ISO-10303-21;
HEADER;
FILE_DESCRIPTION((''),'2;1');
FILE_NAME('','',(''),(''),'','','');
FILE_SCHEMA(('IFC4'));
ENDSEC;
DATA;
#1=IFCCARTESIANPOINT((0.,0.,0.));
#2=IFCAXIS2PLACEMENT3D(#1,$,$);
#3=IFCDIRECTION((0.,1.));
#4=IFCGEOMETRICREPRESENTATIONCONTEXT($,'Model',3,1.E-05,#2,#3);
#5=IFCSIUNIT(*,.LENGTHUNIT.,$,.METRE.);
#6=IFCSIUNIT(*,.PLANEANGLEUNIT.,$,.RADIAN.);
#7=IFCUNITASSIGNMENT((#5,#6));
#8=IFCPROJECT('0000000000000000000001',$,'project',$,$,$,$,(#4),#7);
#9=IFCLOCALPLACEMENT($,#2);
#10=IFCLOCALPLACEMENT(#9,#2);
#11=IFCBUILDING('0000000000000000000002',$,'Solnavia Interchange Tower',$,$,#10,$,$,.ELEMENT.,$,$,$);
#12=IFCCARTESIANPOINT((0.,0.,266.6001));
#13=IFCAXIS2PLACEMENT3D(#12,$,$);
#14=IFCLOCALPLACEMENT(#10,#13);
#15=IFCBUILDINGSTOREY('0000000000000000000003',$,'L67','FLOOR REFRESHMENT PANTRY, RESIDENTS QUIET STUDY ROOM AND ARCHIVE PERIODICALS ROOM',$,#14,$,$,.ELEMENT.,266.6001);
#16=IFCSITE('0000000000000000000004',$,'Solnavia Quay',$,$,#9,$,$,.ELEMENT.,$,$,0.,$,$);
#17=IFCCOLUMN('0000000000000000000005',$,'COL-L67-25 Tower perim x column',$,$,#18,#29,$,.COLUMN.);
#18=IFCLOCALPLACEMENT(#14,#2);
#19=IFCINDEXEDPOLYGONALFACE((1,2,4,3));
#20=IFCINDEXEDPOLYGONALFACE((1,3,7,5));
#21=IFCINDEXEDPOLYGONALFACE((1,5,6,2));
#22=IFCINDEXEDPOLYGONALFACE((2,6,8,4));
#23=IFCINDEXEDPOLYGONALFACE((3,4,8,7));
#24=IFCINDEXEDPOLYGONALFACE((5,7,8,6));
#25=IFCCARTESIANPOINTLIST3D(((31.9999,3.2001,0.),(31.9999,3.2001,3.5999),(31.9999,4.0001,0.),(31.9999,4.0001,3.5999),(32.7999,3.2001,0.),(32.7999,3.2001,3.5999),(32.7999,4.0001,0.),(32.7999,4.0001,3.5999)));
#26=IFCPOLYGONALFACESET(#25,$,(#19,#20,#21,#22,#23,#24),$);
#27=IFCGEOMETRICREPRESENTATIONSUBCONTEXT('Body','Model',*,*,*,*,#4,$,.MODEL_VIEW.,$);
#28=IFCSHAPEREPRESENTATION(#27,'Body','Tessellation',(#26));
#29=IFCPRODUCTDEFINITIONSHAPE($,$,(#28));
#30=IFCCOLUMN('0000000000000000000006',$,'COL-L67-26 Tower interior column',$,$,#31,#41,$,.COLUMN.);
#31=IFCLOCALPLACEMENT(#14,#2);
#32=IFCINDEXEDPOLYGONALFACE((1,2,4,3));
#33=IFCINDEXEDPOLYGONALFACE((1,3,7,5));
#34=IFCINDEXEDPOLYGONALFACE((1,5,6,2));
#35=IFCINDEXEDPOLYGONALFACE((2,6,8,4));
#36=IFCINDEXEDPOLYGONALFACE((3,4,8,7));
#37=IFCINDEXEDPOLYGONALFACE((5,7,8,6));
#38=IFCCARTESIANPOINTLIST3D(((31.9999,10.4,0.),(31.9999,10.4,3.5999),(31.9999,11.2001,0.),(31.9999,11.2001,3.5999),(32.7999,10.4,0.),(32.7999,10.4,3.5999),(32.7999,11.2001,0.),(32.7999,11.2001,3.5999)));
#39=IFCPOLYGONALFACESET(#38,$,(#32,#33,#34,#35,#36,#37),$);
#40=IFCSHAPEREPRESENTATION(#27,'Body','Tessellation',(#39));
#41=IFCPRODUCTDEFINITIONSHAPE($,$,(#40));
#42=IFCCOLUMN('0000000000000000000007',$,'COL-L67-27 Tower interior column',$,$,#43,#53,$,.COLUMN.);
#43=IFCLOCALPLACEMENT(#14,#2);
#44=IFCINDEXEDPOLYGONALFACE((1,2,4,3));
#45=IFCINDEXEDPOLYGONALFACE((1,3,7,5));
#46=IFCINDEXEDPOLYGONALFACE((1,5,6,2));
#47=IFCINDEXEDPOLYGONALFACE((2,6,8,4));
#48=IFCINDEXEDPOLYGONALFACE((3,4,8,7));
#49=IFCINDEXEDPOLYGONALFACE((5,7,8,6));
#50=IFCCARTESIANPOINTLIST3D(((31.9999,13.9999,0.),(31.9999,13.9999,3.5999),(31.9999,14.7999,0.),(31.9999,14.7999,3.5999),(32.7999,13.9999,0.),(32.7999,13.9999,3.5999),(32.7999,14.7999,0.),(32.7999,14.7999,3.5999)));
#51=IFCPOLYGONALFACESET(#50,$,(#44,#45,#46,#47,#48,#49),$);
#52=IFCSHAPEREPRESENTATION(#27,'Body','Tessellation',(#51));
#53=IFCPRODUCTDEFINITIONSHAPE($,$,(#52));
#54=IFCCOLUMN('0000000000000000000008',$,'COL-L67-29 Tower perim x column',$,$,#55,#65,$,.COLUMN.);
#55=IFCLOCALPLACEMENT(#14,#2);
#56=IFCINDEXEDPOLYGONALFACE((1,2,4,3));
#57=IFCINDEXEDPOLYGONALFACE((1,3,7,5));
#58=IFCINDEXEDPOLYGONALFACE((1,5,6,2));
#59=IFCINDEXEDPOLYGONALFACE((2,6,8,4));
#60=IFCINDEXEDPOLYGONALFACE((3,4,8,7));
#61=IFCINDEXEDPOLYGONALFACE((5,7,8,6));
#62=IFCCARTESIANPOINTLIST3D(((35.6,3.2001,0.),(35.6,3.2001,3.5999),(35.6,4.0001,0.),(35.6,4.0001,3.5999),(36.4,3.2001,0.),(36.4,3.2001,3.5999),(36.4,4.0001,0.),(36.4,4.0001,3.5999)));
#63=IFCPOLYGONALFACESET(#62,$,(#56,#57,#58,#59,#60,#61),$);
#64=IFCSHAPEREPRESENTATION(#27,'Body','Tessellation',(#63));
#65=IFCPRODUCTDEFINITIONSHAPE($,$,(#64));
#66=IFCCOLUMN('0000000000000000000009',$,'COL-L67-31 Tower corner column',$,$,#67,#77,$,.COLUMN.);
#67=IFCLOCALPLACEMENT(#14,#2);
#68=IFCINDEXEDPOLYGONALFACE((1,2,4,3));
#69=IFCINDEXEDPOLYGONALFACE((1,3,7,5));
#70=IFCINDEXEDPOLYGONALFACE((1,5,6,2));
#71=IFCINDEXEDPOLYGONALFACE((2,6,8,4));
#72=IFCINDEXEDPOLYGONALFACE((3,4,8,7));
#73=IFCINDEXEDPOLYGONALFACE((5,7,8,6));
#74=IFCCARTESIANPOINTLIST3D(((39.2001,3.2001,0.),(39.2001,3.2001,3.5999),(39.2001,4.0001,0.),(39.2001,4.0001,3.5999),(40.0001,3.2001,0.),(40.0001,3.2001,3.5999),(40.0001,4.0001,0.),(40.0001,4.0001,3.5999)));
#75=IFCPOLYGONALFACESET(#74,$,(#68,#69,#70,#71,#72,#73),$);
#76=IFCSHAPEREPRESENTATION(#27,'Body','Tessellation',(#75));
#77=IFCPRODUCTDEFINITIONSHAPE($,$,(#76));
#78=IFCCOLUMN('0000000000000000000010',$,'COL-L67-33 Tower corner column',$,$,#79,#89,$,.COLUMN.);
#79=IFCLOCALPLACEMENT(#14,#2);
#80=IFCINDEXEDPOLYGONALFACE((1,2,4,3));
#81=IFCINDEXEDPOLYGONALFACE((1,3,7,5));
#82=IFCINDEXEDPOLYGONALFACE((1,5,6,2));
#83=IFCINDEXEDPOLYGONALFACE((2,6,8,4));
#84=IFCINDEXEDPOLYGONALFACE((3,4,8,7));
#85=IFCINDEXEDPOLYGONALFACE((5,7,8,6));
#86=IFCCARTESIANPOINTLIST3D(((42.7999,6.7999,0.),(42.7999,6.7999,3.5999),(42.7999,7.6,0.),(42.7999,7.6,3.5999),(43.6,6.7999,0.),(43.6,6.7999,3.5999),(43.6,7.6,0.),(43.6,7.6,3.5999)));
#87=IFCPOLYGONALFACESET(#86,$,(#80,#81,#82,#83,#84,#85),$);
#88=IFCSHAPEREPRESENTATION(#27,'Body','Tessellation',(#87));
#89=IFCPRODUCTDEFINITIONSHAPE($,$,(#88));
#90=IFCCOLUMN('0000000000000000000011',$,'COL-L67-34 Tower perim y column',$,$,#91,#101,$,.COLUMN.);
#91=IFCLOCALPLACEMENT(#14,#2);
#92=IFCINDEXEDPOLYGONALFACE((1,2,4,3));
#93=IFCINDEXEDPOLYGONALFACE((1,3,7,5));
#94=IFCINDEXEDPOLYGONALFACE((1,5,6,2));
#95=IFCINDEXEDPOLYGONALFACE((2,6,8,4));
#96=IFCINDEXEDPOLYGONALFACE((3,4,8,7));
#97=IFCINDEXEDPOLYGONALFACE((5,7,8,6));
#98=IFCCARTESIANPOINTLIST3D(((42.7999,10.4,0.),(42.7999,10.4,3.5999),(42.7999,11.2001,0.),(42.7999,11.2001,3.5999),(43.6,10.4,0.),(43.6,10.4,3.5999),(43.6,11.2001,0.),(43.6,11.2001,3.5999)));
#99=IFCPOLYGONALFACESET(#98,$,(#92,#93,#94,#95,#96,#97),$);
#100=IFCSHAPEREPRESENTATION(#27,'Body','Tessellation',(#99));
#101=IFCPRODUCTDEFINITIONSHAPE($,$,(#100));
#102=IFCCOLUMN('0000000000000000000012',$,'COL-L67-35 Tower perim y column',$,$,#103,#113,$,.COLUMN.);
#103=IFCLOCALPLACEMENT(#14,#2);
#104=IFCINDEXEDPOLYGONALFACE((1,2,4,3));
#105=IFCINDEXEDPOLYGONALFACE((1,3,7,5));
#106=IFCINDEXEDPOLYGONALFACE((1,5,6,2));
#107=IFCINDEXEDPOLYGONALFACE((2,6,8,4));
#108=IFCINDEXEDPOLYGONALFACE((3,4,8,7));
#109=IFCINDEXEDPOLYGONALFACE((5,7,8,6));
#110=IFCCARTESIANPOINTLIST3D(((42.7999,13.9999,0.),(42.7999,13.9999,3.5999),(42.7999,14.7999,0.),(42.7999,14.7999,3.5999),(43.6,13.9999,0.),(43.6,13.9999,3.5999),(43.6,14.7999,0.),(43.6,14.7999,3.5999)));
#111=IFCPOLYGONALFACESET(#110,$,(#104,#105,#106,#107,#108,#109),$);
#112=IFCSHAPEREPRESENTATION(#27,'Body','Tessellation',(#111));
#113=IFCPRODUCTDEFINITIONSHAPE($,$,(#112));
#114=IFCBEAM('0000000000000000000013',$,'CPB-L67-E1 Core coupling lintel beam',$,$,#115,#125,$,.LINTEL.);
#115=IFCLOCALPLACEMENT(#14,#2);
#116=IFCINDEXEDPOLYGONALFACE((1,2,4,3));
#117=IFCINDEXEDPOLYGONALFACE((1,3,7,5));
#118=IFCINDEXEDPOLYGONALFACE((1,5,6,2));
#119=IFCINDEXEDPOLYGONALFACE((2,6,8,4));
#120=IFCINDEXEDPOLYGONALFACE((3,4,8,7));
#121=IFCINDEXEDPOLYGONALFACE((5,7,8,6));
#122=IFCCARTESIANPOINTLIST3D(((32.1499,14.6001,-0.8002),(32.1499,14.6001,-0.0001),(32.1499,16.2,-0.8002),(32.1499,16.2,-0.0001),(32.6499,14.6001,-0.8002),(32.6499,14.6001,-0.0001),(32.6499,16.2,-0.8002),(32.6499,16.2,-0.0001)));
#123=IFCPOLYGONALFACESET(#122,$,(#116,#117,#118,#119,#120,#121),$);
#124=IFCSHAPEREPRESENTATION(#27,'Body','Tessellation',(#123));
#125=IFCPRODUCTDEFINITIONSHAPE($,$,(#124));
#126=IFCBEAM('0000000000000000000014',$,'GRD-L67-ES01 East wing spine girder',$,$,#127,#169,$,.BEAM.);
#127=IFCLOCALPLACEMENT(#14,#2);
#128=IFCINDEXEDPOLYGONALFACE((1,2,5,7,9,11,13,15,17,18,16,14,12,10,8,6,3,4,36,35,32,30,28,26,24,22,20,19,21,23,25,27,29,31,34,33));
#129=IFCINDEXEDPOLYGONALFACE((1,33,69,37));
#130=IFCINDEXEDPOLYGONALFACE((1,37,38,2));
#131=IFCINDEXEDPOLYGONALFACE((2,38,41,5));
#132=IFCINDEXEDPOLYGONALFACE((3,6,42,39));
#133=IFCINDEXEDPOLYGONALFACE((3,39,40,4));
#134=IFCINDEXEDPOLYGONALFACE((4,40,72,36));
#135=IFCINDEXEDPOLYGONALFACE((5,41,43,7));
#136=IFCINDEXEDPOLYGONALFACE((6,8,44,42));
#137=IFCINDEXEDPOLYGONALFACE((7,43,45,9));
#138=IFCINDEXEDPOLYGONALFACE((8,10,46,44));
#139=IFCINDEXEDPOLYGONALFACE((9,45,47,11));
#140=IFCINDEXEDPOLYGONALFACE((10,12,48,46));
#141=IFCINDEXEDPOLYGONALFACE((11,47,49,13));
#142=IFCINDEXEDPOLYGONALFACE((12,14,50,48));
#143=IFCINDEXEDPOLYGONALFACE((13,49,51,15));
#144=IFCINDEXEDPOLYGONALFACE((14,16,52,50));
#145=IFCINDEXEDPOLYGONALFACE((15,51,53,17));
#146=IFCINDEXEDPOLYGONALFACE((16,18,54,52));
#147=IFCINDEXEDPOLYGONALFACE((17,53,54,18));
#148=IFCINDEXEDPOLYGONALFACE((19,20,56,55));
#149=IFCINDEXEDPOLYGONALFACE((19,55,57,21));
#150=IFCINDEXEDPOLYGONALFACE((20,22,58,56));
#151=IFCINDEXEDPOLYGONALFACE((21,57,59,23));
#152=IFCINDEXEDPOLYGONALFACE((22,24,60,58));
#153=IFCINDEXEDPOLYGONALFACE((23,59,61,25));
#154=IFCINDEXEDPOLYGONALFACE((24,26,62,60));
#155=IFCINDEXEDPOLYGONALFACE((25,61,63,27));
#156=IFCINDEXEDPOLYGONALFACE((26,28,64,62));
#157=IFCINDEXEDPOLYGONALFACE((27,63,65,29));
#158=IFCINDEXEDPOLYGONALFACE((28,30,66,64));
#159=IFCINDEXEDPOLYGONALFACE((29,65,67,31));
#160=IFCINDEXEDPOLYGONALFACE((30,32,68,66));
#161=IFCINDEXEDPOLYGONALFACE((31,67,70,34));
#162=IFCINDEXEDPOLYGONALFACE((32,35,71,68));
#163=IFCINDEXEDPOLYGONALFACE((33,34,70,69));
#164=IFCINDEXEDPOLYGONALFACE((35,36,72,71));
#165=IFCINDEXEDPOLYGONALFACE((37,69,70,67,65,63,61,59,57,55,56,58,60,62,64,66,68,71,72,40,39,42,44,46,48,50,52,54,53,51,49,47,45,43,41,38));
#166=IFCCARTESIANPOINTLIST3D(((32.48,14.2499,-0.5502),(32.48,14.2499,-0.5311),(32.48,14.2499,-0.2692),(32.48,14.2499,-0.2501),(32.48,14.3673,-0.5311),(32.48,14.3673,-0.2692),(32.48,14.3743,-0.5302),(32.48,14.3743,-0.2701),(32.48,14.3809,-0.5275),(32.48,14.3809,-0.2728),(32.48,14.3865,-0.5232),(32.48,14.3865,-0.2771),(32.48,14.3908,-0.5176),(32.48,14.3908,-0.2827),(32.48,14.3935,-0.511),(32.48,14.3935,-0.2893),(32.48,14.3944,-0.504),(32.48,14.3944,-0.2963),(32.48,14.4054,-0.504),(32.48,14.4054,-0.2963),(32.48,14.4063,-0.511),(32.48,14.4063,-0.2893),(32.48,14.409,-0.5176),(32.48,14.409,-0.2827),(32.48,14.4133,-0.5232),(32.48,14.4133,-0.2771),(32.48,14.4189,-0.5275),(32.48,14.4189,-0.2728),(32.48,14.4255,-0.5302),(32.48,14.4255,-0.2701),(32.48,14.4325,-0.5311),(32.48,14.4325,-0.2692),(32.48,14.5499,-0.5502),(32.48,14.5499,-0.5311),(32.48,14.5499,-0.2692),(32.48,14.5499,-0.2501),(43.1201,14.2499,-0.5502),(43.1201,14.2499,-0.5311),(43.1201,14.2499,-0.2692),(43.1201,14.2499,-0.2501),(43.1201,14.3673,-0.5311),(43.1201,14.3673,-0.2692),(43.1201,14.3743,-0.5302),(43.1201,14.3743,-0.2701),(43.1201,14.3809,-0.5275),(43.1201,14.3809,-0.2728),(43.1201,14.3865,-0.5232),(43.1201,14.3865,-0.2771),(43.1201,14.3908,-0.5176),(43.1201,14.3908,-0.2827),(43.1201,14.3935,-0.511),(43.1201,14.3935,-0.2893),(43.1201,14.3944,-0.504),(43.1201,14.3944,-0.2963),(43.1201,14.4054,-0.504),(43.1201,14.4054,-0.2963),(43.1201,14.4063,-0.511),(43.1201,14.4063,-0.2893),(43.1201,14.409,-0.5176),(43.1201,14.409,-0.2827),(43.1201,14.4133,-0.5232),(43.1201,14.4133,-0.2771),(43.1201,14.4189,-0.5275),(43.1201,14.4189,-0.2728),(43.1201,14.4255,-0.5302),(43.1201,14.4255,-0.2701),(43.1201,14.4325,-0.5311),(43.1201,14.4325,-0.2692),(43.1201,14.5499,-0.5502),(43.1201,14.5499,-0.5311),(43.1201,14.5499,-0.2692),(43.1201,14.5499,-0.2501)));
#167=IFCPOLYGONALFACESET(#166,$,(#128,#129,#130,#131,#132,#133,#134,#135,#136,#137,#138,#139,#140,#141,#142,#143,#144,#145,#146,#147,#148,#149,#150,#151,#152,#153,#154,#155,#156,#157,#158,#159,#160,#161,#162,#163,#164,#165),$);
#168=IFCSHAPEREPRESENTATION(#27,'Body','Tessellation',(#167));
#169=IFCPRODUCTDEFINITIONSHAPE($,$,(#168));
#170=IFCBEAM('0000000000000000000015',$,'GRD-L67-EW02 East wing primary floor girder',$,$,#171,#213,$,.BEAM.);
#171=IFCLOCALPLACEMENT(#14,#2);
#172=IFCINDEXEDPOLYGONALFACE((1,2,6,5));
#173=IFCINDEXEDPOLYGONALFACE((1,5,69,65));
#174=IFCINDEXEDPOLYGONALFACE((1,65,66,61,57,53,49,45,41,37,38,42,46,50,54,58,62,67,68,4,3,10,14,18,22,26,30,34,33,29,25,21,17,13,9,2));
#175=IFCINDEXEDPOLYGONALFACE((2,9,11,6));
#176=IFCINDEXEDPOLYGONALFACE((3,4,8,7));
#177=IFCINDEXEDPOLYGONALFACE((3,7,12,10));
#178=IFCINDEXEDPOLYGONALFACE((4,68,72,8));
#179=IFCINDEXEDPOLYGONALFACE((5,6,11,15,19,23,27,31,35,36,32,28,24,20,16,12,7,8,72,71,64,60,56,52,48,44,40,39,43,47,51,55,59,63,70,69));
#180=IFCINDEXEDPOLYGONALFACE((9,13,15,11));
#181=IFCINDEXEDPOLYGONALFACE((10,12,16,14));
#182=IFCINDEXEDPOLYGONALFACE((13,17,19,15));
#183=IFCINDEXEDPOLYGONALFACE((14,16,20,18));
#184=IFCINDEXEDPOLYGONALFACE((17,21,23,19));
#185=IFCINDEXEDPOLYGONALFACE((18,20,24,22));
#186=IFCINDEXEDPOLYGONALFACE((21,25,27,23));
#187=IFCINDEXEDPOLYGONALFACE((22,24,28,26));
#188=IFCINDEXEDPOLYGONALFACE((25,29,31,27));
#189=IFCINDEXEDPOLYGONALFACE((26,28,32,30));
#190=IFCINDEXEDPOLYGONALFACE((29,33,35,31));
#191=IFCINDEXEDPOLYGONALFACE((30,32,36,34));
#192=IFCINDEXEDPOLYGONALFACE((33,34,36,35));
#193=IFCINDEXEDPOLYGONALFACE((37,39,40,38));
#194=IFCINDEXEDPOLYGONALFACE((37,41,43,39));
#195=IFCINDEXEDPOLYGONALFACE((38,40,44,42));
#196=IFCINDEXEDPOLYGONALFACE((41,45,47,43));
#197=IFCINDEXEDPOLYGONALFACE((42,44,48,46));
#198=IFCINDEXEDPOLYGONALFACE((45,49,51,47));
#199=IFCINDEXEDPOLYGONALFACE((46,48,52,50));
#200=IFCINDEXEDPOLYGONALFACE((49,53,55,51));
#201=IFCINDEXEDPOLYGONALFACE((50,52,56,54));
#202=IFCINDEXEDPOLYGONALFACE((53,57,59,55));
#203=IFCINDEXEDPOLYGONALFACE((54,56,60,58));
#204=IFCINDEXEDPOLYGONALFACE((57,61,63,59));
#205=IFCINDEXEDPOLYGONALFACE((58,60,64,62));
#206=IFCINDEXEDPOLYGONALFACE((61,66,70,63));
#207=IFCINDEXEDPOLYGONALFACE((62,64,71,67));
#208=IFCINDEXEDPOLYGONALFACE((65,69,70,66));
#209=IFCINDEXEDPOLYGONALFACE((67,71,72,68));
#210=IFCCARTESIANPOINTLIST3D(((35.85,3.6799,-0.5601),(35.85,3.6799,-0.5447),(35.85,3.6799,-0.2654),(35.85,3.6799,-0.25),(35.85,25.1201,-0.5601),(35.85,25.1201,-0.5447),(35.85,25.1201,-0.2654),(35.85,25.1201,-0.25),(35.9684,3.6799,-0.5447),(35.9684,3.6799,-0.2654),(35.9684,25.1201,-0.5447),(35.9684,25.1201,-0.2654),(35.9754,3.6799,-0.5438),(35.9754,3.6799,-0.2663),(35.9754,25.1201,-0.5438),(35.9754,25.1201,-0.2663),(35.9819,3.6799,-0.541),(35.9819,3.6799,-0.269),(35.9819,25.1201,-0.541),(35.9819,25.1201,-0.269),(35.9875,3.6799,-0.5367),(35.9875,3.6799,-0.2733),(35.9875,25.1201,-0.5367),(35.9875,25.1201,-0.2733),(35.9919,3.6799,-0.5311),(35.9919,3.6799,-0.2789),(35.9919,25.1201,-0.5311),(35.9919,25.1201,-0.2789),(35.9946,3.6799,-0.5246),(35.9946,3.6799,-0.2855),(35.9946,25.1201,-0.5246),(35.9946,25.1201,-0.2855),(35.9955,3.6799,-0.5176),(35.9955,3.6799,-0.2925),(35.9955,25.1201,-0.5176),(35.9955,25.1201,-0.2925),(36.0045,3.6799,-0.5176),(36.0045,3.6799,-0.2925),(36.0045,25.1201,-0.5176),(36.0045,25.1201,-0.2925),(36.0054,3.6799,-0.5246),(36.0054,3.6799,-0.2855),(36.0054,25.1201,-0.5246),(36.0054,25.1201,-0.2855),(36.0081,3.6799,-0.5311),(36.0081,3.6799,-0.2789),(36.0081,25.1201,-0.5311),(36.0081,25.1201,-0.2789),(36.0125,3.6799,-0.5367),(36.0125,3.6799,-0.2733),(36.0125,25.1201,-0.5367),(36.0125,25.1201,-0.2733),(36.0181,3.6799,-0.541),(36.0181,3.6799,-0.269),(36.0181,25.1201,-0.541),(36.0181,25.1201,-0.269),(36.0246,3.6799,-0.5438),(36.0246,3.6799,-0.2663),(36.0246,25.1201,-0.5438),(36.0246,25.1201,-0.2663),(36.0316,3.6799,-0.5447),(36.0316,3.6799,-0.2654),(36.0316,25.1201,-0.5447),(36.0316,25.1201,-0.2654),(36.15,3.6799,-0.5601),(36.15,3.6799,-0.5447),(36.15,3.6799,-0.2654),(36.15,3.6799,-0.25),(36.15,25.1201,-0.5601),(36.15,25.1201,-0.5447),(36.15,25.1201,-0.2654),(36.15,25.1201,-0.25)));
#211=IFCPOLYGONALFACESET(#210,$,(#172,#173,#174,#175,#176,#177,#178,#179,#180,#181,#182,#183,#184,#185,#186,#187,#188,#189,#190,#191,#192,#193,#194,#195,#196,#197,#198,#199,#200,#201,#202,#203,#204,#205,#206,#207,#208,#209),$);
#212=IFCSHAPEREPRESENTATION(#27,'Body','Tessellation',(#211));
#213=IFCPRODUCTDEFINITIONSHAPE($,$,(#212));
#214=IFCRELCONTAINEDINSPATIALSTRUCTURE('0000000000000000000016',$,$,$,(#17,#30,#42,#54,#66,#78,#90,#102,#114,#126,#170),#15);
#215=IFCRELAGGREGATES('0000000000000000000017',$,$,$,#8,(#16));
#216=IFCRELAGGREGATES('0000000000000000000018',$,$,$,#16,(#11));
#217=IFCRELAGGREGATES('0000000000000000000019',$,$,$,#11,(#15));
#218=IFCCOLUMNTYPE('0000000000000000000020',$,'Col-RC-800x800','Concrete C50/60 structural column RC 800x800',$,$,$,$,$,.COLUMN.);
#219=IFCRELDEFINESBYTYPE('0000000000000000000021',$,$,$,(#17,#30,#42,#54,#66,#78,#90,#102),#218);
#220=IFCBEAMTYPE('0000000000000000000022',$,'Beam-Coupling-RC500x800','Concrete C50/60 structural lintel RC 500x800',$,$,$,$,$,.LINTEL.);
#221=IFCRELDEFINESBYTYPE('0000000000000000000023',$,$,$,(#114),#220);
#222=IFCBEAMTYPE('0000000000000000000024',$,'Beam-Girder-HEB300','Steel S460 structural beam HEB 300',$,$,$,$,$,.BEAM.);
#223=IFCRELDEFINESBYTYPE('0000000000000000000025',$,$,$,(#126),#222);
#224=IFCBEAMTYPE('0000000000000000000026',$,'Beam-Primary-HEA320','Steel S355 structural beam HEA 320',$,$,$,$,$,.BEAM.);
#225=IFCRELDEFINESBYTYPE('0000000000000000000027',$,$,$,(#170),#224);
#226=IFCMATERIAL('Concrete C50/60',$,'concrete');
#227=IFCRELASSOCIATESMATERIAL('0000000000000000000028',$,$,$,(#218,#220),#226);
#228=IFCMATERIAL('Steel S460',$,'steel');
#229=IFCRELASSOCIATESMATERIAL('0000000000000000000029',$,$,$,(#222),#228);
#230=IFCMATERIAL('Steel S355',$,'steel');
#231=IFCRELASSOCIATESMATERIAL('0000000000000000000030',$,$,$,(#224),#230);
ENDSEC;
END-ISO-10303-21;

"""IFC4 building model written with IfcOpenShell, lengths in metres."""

from ifc_helpers import new_model, si_unit, direction, frame, origin, origin_2d, place, context, subcontext, project, spatial, rectangle, i_section, extrude, material, material_profile, profile_set, type_object, element, save


model = new_model("IFC4")

# Units and contexts
model_context = context("Model", 3, precision=1e-05, world=origin(), true_north=direction((0.0, 1.0)))
body_context = subcontext(model_context, "Body", "Model", "MODEL_VIEW")
ifc_project = project(units=[si_unit("LENGTHUNIT", "METRE"), si_unit("PLANEANGLEUNIT", "RADIAN")], contexts=[model_context])

# Site, building, storey
site_placement = place(None, origin())
site = spatial("IfcSite", under=ifc_project, at=site_placement, Name="Solnavia Quay", CompositionType="ELEMENT", RefElevation=0.0)
building_placement = place(site_placement, origin())
building = spatial("IfcBuilding", under=site, at=building_placement, Name="Solnavia Interchange Tower", CompositionType="ELEMENT")
storey_placement = place(building_placement, frame((0.0, 0.0, 266.6001)))
storey = spatial("IfcBuildingStorey", under=building, at=storey_placement, Name="L67", Description="FLOOR REFRESHMENT PANTRY, RESIDENTS QUIET STUDY ROOM AND ARCHIVE PERIODICALS ROOM", CompositionType="ELEMENT", Elevation=266.6001)

# Columns
ifc_material_1 = material(Name="Concrete C50/60", Category="concrete")
ifc_material_profile_1 = material_profile(ifc_material_1, rectangle(XDim=0.8, YDim=0.8, at=origin_2d()), Name="RC 800x800")
ifc_profile_set_1 = profile_set([ifc_material_profile_1], Name="Concrete C50/60")
column_type = type_object("IfcColumnType", Name="Col-RC-800x800", Description="Concrete C50/60 structural column RC 800x800", PredefinedType="COLUMN", material=ifc_profile_set_1)
for number, where, z_axis, x_axis, name in (
    (1, (32.3999, 3.6001, 0.0), (0.0, 0.0, 1.0), (1.0, 0.0, 0.0), "COL-L67-25 Tower perim x column"),
    (2, (32.3999, 10.8, 0.0), (0.0, 0.0, 1.0), (1.0, 0.0, 0.0), "COL-L67-26 Tower interior column"),
    (3, (32.3999, 14.3999, 0.0), (0.0, 0.0, 1.0), (1.0, 0.0, 0.0), "COL-L67-27 Tower interior column"),
    (4, (36.0, 3.6001, 0.0), (0.0, 0.0, 1.0), (1.0, 0.0, 0.0), "COL-L67-29 Tower perim x column"),
    (5, (39.6001, 3.6001, 0.0), (0.0, 0.0, 1.0), (1.0, 0.0, 0.0), "COL-L67-31 Tower corner column"),
    (6, (43.2, 7.2, 0.0), (0.0, 0.0, 1.0), (1.0, 0.0, 0.0), "COL-L67-33 Tower corner column"),
    (7, (43.2, 10.8, 0.0), (0.0, 0.0, 1.0), (0.0, 1.0, 0.0), "COL-L67-34 Tower perim y column"),
    (8, (43.2, 14.3999, 0.0), (0.0, 0.0, 1.0), (0.0, 1.0, 0.0), "COL-L67-35 Tower perim y column"),
):
    element("IfcColumn", number, at=place(storey_placement, frame(where, z_axis=z_axis, x_axis=x_axis)), inside=storey, type_object=column_type, Name=name, PredefinedType="COLUMN", context=body_context, shape_type="SweptSolid", body=[
        extrude(rectangle(XDim=0.8, YDim=0.8, at=origin_2d()), origin(), (0.0, 0.0, 1.0), 3.5999),
    ])

# Beams
ifc_material_profile_2 = material_profile(ifc_material_1, rectangle(XDim=0.5, YDim=0.8, at=origin_2d()), Name="RC 500x800")
ifc_profile_set_2 = profile_set([ifc_material_profile_2], Name="Concrete C50/60")
beam_type_1 = type_object("IfcBeamType", Name="Beam-Coupling-RC500x800", Description="Concrete C50/60 structural lintel RC 500x800", PredefinedType="LINTEL", material=ifc_profile_set_2)
beam_1_placement = place(storey_placement, frame((32.3999, 14.6001, -0.4001), z_axis=(0.0, 1.0, 0.0), x_axis=(-1.0, 0.0, 0.0)))
element("IfcBeam", 9, at=beam_1_placement, inside=storey, type_object=beam_type_1, Name="CPB-L67-E1 Core coupling lintel beam", PredefinedType="LINTEL", context=body_context, shape_type="SweptSolid", body=[
    extrude(rectangle(XDim=0.5, YDim=0.8, at=origin_2d()), origin(), (0.0, 0.0, 1.0), 1.5999),
])
ifc_material_2 = material(Name="Steel S460", Category="steel")
ifc_material_profile_3 = material_profile(ifc_material_2, i_section(OverallWidth=0.3, OverallDepth=0.3, WebThickness=0.011, FlangeThickness=0.019, FilletRadius=0.0271, at=origin_2d()), Name="HEB 300")
ifc_profile_set_3 = profile_set([ifc_material_profile_3], Name="Steel S460")
beam_type_2 = type_object("IfcBeamType", Name="Beam-Girder-HEB300", Description="Steel S460 structural beam HEB 300", PredefinedType="BEAM", material=ifc_profile_set_3)
beam_2_placement = place(storey_placement, frame((32.48, 14.3999, -0.4001), z_axis=(1.0, 0.0, 0.0), x_axis=(0.0, 1.0, 0.0)))
element("IfcBeam", 10, at=beam_2_placement, inside=storey, type_object=beam_type_2, Name="GRD-L67-ES01 East wing spine girder", PredefinedType="BEAM", context=body_context, shape_type="SweptSolid", body=[
    extrude(i_section(OverallWidth=0.3, OverallDepth=0.3, WebThickness=0.011, FlangeThickness=0.019, FilletRadius=0.0271, at=origin_2d()), origin(), (0.0, 0.0, 1.0), 10.6401),
])
ifc_material_3 = material(Name="Steel S355", Category="steel")
ifc_material_profile_4 = material_profile(ifc_material_3, i_section(OverallWidth=0.3, OverallDepth=0.3101, WebThickness=0.009, FlangeThickness=0.0154, FilletRadius=0.0271, at=origin_2d()), Name="HEA 320")
ifc_profile_set_4 = profile_set([ifc_material_profile_4], Name="Steel S355")
beam_type_3 = type_object("IfcBeamType", Name="Beam-Primary-HEA320", Description="Steel S355 structural beam HEA 320", PredefinedType="BEAM", material=ifc_profile_set_4)
beam_3_placement = place(storey_placement, frame((36.0, 3.6799, -0.405), z_axis=(0.0, 1.0, 0.0), x_axis=(-1.0, 0.0, 0.0)))
element("IfcBeam", 11, at=beam_3_placement, inside=storey, type_object=beam_type_3, Name="GRD-L67-EW02 East wing primary floor girder", PredefinedType="BEAM", context=body_context, shape_type="SweptSolid", body=[
    extrude(i_section(OverallWidth=0.3, OverallDepth=0.3101, WebThickness=0.009, FlangeThickness=0.0154, FilletRadius=0.0271, at=origin_2d()), origin(), (0.0, 0.0, 1.0), 21.4402),
])

save(model, "model.ifc")
